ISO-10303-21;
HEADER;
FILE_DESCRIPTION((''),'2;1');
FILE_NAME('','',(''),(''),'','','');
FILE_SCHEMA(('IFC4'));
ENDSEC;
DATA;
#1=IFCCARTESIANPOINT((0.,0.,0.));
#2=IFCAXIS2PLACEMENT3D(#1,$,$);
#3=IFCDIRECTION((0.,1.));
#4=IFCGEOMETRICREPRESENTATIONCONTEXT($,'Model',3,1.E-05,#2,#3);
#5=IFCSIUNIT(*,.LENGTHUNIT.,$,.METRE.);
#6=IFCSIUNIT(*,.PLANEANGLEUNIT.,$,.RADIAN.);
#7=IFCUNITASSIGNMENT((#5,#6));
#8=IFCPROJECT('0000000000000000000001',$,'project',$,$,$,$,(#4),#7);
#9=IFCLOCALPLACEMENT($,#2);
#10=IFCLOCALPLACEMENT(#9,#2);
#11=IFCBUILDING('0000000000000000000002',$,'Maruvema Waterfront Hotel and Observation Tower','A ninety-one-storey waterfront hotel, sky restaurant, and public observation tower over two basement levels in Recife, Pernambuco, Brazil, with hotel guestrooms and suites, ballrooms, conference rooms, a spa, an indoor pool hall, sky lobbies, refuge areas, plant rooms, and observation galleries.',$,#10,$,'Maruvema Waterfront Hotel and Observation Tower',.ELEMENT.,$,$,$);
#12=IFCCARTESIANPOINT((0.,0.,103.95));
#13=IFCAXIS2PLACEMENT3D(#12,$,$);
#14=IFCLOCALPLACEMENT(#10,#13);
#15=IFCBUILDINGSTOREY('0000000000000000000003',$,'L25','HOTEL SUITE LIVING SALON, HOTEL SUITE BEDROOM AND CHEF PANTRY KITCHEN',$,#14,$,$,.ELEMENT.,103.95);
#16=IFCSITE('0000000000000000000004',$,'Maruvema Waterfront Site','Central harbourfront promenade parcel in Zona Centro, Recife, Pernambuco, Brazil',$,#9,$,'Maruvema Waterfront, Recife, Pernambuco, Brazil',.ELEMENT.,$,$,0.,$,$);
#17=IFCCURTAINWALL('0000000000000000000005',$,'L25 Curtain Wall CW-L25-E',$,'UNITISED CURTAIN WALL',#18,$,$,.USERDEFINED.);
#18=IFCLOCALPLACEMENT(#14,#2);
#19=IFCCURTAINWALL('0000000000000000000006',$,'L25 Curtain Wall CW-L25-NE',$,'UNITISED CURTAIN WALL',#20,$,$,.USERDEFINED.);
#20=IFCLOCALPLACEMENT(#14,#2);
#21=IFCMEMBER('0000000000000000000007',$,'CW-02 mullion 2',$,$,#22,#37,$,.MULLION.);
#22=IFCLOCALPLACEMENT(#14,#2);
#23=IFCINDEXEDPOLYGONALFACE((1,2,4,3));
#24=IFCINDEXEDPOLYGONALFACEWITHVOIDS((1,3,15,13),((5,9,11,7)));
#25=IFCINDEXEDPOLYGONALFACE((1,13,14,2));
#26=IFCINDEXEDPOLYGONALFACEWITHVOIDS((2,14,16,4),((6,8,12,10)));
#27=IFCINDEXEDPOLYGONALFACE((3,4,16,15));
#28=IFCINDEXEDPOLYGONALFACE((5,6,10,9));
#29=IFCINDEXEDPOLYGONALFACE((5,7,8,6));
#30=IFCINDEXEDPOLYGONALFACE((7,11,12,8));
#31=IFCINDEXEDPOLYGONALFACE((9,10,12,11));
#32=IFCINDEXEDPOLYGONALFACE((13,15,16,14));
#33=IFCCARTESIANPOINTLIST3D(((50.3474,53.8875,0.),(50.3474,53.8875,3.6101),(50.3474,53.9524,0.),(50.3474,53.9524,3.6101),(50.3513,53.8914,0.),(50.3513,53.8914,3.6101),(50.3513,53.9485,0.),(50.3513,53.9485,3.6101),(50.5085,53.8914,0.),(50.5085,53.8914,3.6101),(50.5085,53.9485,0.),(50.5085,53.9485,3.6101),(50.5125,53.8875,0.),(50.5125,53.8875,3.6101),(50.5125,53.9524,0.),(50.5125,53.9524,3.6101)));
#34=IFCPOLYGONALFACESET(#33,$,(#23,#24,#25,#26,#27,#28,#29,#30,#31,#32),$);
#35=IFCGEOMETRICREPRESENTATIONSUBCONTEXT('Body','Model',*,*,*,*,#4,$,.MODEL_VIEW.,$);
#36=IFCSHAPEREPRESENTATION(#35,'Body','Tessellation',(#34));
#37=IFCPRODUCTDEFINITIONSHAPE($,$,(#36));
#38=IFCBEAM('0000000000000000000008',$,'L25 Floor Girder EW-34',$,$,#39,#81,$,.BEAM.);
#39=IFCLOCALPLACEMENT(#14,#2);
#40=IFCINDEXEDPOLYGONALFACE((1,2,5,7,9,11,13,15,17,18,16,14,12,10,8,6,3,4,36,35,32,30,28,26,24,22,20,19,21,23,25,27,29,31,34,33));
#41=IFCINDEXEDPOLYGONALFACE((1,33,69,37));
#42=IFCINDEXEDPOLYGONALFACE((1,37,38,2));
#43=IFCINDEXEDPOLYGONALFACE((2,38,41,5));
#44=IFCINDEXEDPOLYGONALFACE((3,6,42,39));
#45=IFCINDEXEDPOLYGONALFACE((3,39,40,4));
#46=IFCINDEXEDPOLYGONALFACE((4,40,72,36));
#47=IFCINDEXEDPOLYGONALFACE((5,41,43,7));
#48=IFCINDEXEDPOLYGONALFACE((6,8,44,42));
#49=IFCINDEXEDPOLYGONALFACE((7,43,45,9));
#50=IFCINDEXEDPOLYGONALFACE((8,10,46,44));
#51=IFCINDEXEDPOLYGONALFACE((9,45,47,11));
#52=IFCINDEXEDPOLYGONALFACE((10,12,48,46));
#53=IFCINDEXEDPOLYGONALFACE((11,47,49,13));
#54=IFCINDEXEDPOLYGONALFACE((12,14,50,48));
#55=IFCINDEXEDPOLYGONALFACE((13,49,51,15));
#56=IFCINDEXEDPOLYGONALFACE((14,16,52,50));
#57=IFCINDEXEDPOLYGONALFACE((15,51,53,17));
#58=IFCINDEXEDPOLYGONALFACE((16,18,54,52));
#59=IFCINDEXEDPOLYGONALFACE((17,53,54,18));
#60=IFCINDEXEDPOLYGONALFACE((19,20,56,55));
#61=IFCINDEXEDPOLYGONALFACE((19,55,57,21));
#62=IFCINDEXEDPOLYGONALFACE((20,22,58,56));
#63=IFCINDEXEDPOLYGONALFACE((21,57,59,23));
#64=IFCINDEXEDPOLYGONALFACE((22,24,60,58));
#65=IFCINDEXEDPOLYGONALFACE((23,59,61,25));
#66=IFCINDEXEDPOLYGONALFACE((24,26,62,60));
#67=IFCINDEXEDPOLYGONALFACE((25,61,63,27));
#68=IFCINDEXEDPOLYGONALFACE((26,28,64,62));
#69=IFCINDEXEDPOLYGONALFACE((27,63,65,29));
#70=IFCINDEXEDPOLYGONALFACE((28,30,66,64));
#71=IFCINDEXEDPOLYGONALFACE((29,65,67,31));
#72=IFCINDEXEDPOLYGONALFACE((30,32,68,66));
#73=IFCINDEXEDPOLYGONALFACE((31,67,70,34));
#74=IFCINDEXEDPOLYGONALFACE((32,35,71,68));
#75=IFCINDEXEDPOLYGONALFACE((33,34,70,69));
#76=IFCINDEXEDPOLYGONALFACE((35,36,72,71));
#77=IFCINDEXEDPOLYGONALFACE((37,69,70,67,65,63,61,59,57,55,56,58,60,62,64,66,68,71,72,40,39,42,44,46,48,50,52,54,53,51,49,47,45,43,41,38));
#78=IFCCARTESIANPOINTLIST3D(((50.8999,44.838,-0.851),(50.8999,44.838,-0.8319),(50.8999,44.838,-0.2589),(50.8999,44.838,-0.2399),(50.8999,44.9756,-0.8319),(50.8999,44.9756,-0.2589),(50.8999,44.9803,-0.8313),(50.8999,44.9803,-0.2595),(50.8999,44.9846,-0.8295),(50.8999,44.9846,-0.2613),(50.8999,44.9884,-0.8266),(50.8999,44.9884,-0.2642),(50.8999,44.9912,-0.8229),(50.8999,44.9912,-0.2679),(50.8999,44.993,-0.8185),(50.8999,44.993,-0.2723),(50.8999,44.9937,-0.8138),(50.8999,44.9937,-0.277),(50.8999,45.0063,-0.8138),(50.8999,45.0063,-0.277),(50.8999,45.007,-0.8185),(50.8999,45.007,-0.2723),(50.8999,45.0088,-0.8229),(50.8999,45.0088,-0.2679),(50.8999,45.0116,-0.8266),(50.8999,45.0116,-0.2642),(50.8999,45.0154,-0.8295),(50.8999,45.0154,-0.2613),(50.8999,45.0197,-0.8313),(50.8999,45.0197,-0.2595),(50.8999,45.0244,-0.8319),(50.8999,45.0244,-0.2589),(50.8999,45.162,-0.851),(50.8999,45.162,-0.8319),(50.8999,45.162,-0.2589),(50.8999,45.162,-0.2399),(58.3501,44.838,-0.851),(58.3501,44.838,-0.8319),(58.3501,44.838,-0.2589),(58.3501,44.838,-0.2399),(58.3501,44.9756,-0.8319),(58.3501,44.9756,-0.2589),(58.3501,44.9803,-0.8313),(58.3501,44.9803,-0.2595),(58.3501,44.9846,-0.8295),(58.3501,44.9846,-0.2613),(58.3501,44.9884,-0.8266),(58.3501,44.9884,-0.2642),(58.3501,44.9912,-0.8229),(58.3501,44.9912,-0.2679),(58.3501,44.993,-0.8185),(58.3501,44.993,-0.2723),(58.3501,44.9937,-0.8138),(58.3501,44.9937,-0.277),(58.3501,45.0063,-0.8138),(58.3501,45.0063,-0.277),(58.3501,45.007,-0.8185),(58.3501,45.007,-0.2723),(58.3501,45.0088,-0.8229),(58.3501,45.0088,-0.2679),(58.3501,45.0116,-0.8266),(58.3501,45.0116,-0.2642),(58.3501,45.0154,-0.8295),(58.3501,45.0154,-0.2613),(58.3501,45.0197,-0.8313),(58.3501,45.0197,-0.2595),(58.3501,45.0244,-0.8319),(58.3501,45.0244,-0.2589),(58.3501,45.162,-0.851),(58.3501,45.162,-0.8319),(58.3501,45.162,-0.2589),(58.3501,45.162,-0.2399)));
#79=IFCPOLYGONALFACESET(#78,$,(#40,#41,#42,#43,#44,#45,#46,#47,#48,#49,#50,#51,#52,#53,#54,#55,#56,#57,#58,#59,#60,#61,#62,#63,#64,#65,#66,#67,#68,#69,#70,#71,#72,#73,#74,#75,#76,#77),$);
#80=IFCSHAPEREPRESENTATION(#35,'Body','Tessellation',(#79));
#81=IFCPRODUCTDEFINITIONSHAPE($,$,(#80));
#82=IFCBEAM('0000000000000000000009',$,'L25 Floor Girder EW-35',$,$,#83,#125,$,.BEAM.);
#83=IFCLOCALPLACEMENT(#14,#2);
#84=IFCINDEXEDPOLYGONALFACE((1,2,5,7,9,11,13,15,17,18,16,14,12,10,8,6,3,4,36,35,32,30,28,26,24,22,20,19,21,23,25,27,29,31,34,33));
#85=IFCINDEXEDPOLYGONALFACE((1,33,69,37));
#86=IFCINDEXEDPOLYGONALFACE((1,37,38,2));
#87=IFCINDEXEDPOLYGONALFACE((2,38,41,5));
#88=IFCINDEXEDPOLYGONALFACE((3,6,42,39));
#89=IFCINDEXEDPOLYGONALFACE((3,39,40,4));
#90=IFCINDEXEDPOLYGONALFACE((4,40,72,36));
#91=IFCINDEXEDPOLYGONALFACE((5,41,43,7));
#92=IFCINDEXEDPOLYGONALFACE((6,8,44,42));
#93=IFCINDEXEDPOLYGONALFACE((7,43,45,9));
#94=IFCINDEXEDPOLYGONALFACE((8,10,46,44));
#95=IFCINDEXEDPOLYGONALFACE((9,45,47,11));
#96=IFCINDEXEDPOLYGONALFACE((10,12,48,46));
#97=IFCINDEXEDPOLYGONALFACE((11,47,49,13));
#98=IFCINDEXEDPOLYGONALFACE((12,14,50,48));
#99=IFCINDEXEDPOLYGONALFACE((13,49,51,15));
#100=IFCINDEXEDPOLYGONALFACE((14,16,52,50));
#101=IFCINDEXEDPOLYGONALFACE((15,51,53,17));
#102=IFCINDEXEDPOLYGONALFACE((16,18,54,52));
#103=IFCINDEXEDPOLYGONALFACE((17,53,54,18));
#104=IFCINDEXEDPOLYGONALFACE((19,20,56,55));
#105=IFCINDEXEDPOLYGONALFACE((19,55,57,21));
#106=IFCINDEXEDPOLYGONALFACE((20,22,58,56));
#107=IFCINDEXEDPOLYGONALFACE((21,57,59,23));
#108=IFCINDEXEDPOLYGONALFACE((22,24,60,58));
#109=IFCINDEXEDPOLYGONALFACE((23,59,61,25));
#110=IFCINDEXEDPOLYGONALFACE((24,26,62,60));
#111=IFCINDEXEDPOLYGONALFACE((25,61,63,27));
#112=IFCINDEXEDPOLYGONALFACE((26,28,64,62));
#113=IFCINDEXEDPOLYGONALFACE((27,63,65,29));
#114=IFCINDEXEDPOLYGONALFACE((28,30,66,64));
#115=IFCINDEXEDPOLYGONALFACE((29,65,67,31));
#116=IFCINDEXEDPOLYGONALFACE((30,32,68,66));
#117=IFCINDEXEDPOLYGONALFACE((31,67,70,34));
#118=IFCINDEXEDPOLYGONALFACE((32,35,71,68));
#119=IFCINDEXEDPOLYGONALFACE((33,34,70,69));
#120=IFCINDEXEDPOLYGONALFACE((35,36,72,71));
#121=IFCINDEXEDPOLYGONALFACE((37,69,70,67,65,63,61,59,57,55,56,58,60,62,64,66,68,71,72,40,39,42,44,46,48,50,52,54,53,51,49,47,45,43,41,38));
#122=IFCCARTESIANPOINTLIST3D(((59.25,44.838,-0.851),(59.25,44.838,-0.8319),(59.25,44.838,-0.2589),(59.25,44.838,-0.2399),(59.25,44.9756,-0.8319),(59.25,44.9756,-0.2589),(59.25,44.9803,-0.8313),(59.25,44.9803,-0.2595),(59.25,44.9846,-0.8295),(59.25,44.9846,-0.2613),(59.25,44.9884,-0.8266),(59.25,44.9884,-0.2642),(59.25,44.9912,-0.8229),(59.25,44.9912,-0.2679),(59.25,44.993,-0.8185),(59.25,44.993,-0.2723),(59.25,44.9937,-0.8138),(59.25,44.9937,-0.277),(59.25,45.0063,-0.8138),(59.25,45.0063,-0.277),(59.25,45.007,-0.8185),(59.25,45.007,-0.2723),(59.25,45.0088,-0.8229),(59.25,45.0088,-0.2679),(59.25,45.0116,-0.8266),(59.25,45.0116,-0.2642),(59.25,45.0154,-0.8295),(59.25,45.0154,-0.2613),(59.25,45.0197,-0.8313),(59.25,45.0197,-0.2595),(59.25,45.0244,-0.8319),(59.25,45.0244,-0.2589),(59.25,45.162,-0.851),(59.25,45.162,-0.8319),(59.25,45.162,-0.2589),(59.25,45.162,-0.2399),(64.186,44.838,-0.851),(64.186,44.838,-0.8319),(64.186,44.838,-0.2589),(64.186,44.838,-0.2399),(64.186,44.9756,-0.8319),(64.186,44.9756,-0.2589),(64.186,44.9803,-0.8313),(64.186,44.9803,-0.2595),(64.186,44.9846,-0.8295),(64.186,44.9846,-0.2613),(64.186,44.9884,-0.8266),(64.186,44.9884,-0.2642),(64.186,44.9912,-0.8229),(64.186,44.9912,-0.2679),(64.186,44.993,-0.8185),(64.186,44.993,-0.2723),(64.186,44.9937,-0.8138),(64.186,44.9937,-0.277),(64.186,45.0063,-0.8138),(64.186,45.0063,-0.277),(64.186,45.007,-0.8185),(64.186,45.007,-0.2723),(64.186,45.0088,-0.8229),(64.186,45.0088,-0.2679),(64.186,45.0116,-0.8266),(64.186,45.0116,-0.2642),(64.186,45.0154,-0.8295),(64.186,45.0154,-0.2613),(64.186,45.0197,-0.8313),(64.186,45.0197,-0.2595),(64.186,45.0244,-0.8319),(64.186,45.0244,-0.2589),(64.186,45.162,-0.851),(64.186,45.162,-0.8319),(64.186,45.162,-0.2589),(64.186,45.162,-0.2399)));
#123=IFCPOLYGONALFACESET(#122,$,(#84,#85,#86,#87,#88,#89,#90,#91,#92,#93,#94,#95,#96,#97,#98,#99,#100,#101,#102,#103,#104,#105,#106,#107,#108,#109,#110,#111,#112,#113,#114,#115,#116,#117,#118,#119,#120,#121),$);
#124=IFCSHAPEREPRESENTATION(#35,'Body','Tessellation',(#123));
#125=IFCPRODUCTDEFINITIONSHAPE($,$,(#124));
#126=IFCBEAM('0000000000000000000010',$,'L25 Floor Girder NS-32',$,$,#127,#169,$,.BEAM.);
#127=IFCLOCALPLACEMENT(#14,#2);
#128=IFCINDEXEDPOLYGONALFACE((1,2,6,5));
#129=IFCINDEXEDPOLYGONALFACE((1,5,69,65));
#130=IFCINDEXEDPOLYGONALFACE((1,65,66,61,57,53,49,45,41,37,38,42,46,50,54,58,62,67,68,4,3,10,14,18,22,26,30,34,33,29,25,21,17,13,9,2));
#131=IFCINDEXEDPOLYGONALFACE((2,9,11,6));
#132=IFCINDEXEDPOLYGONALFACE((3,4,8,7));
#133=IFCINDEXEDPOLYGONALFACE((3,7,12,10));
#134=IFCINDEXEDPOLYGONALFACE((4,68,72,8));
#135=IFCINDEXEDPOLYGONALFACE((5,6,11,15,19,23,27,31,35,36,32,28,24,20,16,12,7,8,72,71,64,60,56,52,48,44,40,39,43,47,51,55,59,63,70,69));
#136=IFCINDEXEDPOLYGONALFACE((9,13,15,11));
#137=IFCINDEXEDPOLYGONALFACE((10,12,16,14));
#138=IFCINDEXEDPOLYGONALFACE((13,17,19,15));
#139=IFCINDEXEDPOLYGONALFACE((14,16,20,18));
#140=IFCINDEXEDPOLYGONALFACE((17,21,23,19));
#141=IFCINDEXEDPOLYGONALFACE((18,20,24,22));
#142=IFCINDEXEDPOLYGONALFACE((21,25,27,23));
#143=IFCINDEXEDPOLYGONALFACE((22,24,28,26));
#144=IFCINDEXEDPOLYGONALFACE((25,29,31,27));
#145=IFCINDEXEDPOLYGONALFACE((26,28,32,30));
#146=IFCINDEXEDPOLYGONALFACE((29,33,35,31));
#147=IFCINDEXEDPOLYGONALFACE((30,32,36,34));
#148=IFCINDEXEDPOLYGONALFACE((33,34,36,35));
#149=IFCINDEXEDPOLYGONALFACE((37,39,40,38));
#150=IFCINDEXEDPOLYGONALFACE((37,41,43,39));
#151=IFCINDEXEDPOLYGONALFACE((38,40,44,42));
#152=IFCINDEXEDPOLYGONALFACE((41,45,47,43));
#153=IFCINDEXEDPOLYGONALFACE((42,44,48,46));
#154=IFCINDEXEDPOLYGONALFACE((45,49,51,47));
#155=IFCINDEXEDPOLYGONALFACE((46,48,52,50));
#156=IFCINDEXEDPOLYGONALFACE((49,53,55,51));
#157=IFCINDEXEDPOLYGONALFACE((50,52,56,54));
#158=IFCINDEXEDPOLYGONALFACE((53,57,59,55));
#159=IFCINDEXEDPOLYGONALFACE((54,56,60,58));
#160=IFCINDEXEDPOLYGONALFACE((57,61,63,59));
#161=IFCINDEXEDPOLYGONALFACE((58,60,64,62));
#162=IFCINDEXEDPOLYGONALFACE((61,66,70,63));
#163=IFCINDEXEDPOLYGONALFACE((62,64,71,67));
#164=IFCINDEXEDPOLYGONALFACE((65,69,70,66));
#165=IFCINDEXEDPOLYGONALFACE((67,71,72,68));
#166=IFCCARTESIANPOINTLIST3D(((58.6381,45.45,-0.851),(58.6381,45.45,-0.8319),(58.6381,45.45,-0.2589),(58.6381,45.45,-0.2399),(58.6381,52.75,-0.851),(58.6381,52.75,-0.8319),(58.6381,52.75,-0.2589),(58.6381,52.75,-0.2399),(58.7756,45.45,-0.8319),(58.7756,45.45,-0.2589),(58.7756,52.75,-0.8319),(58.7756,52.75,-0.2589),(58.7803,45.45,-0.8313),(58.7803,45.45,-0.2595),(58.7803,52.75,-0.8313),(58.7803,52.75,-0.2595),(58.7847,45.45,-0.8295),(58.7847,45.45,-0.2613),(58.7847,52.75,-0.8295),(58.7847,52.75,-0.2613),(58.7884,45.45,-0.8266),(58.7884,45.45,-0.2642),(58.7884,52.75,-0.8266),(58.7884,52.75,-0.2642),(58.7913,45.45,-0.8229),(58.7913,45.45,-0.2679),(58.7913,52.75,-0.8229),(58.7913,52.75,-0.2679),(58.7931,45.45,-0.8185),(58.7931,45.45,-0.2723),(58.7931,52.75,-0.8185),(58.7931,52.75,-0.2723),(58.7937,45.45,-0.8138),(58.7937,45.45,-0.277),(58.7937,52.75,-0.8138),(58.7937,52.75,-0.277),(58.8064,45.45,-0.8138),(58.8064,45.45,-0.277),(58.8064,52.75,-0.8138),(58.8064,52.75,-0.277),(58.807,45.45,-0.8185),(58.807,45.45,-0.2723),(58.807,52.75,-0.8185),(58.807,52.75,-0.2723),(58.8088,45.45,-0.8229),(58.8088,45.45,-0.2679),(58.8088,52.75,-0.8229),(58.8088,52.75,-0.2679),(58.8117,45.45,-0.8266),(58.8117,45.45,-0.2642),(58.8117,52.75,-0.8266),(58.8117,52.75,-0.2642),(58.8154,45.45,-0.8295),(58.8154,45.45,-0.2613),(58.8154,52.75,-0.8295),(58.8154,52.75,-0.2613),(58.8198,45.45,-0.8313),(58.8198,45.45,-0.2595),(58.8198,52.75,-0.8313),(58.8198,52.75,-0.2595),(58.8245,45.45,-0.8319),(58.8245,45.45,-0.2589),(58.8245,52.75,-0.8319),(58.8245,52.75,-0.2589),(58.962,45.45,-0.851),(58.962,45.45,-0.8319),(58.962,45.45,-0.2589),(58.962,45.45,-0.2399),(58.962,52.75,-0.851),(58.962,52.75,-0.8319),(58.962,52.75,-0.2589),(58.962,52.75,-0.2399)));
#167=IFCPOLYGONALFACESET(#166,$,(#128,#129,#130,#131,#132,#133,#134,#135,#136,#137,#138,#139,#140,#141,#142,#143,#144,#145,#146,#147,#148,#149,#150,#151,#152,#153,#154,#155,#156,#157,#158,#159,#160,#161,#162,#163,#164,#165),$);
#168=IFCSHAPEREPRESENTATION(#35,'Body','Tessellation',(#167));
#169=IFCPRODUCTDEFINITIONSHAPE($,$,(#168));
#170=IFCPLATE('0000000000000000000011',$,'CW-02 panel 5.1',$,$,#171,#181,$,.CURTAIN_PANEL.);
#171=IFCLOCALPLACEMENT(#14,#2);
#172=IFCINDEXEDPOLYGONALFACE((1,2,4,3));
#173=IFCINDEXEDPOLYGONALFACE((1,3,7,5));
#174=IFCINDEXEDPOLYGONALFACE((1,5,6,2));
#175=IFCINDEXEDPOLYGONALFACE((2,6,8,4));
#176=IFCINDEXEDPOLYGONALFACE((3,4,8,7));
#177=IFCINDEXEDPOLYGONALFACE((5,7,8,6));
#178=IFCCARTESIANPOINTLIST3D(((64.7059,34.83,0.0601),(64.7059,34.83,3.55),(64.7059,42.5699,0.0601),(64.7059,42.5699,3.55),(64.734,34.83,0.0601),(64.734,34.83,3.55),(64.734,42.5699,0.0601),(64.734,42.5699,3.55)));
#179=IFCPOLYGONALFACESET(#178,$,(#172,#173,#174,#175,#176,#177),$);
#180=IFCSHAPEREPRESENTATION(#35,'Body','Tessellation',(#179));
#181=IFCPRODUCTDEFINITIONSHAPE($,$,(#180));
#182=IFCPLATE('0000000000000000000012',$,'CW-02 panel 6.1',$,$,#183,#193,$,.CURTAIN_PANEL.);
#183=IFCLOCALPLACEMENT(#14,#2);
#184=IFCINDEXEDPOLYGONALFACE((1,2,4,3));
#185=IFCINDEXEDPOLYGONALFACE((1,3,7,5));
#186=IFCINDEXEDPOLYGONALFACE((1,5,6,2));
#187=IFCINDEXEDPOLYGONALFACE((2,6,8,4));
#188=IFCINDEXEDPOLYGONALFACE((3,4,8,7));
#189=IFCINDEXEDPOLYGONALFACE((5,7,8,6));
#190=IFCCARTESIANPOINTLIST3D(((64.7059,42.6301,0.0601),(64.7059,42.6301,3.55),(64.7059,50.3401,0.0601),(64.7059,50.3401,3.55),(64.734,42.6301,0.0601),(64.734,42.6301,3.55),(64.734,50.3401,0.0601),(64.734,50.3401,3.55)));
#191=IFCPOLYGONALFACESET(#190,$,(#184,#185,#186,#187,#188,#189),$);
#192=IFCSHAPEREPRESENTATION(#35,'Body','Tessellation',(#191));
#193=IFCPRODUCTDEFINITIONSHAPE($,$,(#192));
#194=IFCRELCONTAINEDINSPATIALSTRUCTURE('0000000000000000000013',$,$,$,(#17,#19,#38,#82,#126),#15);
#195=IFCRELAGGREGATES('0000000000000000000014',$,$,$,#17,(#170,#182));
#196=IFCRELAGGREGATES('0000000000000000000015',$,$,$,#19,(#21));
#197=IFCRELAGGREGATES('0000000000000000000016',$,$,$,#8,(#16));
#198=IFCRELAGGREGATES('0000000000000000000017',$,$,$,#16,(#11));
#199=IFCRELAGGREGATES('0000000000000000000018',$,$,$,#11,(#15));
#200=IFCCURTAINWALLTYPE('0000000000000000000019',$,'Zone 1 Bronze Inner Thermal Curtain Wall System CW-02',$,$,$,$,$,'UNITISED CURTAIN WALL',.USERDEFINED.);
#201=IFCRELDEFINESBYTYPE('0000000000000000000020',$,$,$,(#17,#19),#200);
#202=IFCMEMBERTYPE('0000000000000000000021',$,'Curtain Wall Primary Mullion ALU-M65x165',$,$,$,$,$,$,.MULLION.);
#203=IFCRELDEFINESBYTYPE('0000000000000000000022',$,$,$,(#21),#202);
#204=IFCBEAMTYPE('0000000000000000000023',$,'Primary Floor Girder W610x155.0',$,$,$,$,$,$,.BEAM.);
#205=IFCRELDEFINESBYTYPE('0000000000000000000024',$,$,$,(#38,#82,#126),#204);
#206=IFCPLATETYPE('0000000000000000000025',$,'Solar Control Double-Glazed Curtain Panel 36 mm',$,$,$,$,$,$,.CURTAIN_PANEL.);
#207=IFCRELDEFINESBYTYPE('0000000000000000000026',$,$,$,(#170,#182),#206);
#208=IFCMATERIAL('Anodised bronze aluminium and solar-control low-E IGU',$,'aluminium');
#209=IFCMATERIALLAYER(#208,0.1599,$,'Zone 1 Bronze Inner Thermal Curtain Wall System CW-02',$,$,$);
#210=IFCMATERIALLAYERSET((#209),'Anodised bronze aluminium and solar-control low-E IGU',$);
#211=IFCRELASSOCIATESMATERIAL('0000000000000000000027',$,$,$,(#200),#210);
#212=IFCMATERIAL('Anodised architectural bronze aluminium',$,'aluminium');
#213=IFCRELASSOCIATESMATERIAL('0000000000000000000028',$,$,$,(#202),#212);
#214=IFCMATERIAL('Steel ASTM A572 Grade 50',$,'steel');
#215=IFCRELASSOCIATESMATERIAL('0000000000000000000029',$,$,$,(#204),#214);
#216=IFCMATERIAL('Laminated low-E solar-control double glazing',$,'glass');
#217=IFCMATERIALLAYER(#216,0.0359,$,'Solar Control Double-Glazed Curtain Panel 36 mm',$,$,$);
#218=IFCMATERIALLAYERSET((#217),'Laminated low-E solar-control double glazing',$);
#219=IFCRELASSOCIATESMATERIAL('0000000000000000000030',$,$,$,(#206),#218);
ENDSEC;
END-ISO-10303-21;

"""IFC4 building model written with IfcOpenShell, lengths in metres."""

from ifc_helpers import new_model, si_unit, direction, frame, origin, origin_2d, place, context, subcontext, project, spatial, rectangle, hollow_rectangle, i_section, extrude, material, layer, layer_set, material_profile, profile_set, type_object, element, aggregate, save


model = new_model("IFC4")

# Units and contexts
model_context = context("Model", 3, precision=1e-05, world=origin(), true_north=direction((0.0, 1.0)))
body_context = subcontext(model_context, "Body", "Model", "MODEL_VIEW")
ifc_project = project(units=[si_unit("LENGTHUNIT", "METRE"), si_unit("PLANEANGLEUNIT", "RADIAN")], contexts=[model_context])

# Site, building, storey
site_placement = place(None, origin())
site = spatial("IfcSite", under=ifc_project, at=site_placement, Name="Maruvema Waterfront Site", Description="Central harbourfront promenade parcel in Zona Centro, Recife, Pernambuco, Brazil", LongName="Maruvema Waterfront, Recife, Pernambuco, Brazil", CompositionType="ELEMENT", RefElevation=0.0)
building_placement = place(site_placement, origin())
building = spatial("IfcBuilding", under=site, at=building_placement, Name="Maruvema Waterfront Hotel and Observation Tower", Description="A ninety-one-storey waterfront hotel, sky restaurant, and public observation tower over two basement levels in Recife, Pernambuco, Brazil, with hotel guestrooms and suites, ballrooms, conference rooms, a spa, an indoor pool hall, sky lobbies, refuge areas, plant rooms, and observation galleries.", LongName="Maruvema Waterfront Hotel and Observation Tower", CompositionType="ELEMENT")
storey_placement = place(building_placement, frame((0.0, 0.0, 103.95)))
storey = spatial("IfcBuildingStorey", under=building, at=storey_placement, Name="L25", Description="HOTEL SUITE LIVING SALON, HOTEL SUITE BEDROOM AND CHEF PANTRY KITCHEN", CompositionType="ELEMENT", Elevation=103.95)

# Curtain walls
ifc_material_1 = material(Name="Anodised bronze aluminium and solar-control low-E IGU", Category="aluminium")
ifc_layer_1 = layer(ifc_material_1, 0.1599, Name="Zone 1 Bronze Inner Thermal Curtain Wall System CW-02")
ifc_layer_set_1 = layer_set([ifc_layer_1], Name="Anodised bronze aluminium and solar-control low-E IGU")
curtain_wall_type = type_object("IfcCurtainWallType", Name="Zone 1 Bronze Inner Thermal Curtain Wall System CW-02", ElementType="UNITISED CURTAIN WALL", PredefinedType="USERDEFINED", material=ifc_layer_set_1)
curtain_wall_1_placement = place(storey_placement, origin())
curtain_wall_1 = element("IfcCurtainWall", 1, at=curtain_wall_1_placement, inside=storey, type_object=curtain_wall_type, Name="L25 Curtain Wall CW-L25-E", ObjectType="UNITISED CURTAIN WALL", PredefinedType="USERDEFINED")
curtain_wall_2_placement = place(storey_placement, origin())
curtain_wall_2 = element("IfcCurtainWall", 2, at=curtain_wall_2_placement, inside=storey, type_object=curtain_wall_type, Name="L25 Curtain Wall CW-L25-NE", ObjectType="UNITISED CURTAIN WALL", PredefinedType="USERDEFINED")

# Member
ifc_material_2 = material(Name="Anodised architectural bronze aluminium", Category="aluminium")
ifc_material_profile_1 = material_profile(ifc_material_2, hollow_rectangle(XDim=0.0649, YDim=0.165, WallThickness=0.0039, at=origin_2d()), Name="ALU-M65x165")
ifc_profile_set_1 = profile_set([ifc_material_profile_1], Name="Anodised architectural bronze aluminium")
member_type_1 = type_object("IfcMemberType", Name="Curtain Wall Primary Mullion ALU-M65x165", PredefinedType="MULLION", material=ifc_profile_set_1)
member_1_placement = place(storey_placement, frame((50.4299, 53.9199, 0.0), z_axis=(0.0, 0.0, 1.0), x_axis=(0.0, -1.0, 0.0)))
member_1 = element("IfcMember", 3, at=member_1_placement, type_object=member_type_1, Name="CW-02 mullion 2", PredefinedType="MULLION", context=body_context, shape_type="SweptSolid", body=[
    extrude(hollow_rectangle(XDim=0.0649, YDim=0.165, WallThickness=0.0039, at=origin_2d()), origin(), (0.0, 0.0, 1.0), 3.6101),
])

# Beams
ifc_material_3 = material(Name="Steel ASTM A572 Grade 50", Category="steel")
ifc_material_profile_2 = material_profile(ifc_material_3, i_section(OverallWidth=0.324, OverallDepth=0.6111, WebThickness=0.0127, FlangeThickness=0.019, FilletRadius=0.0181, at=origin_2d()), Name="W610x155.0")
ifc_profile_set_2 = profile_set([ifc_material_profile_2], Name="Steel ASTM A572 Grade 50")
beam_type = type_object("IfcBeamType", Name="Primary Floor Girder W610x155.0", PredefinedType="BEAM", material=ifc_profile_set_2)
beam_1_placement = place(storey_placement, frame((50.8999, 45.0, -0.5454), z_axis=(1.0, 0.0, 0.0), x_axis=(0.0, 1.0, 0.0)))
element("IfcBeam", 4, at=beam_1_placement, inside=storey, type_object=beam_type, Name="L25 Floor Girder EW-34", PredefinedType="BEAM", context=body_context, shape_type="SweptSolid", body=[
    extrude(i_section(OverallWidth=0.324, OverallDepth=0.6111, WebThickness=0.0127, FlangeThickness=0.019, FilletRadius=0.0181, at=origin_2d()), origin(), (0.0, 0.0, 1.0), 7.4502),
])
beam_2_placement = place(storey_placement, frame((59.25, 45.0, -0.5454), z_axis=(1.0, 0.0, 0.0), x_axis=(0.0, 1.0, 0.0)))
element("IfcBeam", 5, at=beam_2_placement, inside=storey, type_object=beam_type, Name="L25 Floor Girder EW-35", PredefinedType="BEAM", context=body_context, shape_type="SweptSolid", body=[
    extrude(i_section(OverallWidth=0.324, OverallDepth=0.6111, WebThickness=0.0127, FlangeThickness=0.019, FilletRadius=0.0181, at=origin_2d()), origin(), (0.0, 0.0, 1.0), 4.936),
])
beam_3_placement = place(storey_placement, frame((58.8, 45.45, -0.5454), z_axis=(0.0, 1.0, 0.0), x_axis=(-1.0, 0.0, 0.0)))
element("IfcBeam", 6, at=beam_3_placement, inside=storey, type_object=beam_type, Name="L25 Floor Girder NS-32", PredefinedType="BEAM", context=body_context, shape_type="SweptSolid", body=[
    extrude(i_section(OverallWidth=0.324, OverallDepth=0.6111, WebThickness=0.0127, FlangeThickness=0.019, FilletRadius=0.0181, at=origin_2d()), origin(), (0.0, 0.0, 1.0), 7.3),
])

# Plates
ifc_material_4 = material(Name="Laminated low-E solar-control double glazing", Category="glass")
ifc_layer_2 = layer(ifc_material_4, 0.0359, Name="Solar Control Double-Glazed Curtain Panel 36 mm")
ifc_layer_set_2 = layer_set([ifc_layer_2], Name="Laminated low-E solar-control double glazing")
plate_type_1 = type_object("IfcPlateType", Name="Solar Control Double-Glazed Curtain Panel 36 mm", PredefinedType="CURTAIN_PANEL", material=ifc_layer_set_2)
plate_1_placement = place(storey_placement, frame((64.72, 38.7, 0.0601), z_axis=(0.0, 0.0, 1.0), x_axis=(0.0, 1.0, 0.0)))
plate_1 = element("IfcPlate", 7, at=plate_1_placement, type_object=plate_type_1, Name="CW-02 panel 5.1", PredefinedType="CURTAIN_PANEL", context=body_context, shape_type="SweptSolid", body=[
    extrude(rectangle(XDim=7.74, YDim=0.0281, at=origin_2d()), origin(), (0.0, 0.0, 1.0), 3.49),
])
plate_2_placement = place(storey_placement, frame((64.72, 46.4851, 0.0601), z_axis=(0.0, 0.0, 1.0), x_axis=(0.0, 1.0, 0.0)))
plate_2 = element("IfcPlate", 8, at=plate_2_placement, type_object=plate_type_1, Name="CW-02 panel 6.1", PredefinedType="CURTAIN_PANEL", context=body_context, shape_type="SweptSolid", body=[
    extrude(rectangle(XDim=7.71, YDim=0.0281, at=origin_2d()), origin(), (0.0, 0.0, 1.0), 3.49),
])
aggregate(curtain_wall_1, [plate_1, plate_2])
aggregate(curtain_wall_2, [member_1])

save(model, "model.ifc")
